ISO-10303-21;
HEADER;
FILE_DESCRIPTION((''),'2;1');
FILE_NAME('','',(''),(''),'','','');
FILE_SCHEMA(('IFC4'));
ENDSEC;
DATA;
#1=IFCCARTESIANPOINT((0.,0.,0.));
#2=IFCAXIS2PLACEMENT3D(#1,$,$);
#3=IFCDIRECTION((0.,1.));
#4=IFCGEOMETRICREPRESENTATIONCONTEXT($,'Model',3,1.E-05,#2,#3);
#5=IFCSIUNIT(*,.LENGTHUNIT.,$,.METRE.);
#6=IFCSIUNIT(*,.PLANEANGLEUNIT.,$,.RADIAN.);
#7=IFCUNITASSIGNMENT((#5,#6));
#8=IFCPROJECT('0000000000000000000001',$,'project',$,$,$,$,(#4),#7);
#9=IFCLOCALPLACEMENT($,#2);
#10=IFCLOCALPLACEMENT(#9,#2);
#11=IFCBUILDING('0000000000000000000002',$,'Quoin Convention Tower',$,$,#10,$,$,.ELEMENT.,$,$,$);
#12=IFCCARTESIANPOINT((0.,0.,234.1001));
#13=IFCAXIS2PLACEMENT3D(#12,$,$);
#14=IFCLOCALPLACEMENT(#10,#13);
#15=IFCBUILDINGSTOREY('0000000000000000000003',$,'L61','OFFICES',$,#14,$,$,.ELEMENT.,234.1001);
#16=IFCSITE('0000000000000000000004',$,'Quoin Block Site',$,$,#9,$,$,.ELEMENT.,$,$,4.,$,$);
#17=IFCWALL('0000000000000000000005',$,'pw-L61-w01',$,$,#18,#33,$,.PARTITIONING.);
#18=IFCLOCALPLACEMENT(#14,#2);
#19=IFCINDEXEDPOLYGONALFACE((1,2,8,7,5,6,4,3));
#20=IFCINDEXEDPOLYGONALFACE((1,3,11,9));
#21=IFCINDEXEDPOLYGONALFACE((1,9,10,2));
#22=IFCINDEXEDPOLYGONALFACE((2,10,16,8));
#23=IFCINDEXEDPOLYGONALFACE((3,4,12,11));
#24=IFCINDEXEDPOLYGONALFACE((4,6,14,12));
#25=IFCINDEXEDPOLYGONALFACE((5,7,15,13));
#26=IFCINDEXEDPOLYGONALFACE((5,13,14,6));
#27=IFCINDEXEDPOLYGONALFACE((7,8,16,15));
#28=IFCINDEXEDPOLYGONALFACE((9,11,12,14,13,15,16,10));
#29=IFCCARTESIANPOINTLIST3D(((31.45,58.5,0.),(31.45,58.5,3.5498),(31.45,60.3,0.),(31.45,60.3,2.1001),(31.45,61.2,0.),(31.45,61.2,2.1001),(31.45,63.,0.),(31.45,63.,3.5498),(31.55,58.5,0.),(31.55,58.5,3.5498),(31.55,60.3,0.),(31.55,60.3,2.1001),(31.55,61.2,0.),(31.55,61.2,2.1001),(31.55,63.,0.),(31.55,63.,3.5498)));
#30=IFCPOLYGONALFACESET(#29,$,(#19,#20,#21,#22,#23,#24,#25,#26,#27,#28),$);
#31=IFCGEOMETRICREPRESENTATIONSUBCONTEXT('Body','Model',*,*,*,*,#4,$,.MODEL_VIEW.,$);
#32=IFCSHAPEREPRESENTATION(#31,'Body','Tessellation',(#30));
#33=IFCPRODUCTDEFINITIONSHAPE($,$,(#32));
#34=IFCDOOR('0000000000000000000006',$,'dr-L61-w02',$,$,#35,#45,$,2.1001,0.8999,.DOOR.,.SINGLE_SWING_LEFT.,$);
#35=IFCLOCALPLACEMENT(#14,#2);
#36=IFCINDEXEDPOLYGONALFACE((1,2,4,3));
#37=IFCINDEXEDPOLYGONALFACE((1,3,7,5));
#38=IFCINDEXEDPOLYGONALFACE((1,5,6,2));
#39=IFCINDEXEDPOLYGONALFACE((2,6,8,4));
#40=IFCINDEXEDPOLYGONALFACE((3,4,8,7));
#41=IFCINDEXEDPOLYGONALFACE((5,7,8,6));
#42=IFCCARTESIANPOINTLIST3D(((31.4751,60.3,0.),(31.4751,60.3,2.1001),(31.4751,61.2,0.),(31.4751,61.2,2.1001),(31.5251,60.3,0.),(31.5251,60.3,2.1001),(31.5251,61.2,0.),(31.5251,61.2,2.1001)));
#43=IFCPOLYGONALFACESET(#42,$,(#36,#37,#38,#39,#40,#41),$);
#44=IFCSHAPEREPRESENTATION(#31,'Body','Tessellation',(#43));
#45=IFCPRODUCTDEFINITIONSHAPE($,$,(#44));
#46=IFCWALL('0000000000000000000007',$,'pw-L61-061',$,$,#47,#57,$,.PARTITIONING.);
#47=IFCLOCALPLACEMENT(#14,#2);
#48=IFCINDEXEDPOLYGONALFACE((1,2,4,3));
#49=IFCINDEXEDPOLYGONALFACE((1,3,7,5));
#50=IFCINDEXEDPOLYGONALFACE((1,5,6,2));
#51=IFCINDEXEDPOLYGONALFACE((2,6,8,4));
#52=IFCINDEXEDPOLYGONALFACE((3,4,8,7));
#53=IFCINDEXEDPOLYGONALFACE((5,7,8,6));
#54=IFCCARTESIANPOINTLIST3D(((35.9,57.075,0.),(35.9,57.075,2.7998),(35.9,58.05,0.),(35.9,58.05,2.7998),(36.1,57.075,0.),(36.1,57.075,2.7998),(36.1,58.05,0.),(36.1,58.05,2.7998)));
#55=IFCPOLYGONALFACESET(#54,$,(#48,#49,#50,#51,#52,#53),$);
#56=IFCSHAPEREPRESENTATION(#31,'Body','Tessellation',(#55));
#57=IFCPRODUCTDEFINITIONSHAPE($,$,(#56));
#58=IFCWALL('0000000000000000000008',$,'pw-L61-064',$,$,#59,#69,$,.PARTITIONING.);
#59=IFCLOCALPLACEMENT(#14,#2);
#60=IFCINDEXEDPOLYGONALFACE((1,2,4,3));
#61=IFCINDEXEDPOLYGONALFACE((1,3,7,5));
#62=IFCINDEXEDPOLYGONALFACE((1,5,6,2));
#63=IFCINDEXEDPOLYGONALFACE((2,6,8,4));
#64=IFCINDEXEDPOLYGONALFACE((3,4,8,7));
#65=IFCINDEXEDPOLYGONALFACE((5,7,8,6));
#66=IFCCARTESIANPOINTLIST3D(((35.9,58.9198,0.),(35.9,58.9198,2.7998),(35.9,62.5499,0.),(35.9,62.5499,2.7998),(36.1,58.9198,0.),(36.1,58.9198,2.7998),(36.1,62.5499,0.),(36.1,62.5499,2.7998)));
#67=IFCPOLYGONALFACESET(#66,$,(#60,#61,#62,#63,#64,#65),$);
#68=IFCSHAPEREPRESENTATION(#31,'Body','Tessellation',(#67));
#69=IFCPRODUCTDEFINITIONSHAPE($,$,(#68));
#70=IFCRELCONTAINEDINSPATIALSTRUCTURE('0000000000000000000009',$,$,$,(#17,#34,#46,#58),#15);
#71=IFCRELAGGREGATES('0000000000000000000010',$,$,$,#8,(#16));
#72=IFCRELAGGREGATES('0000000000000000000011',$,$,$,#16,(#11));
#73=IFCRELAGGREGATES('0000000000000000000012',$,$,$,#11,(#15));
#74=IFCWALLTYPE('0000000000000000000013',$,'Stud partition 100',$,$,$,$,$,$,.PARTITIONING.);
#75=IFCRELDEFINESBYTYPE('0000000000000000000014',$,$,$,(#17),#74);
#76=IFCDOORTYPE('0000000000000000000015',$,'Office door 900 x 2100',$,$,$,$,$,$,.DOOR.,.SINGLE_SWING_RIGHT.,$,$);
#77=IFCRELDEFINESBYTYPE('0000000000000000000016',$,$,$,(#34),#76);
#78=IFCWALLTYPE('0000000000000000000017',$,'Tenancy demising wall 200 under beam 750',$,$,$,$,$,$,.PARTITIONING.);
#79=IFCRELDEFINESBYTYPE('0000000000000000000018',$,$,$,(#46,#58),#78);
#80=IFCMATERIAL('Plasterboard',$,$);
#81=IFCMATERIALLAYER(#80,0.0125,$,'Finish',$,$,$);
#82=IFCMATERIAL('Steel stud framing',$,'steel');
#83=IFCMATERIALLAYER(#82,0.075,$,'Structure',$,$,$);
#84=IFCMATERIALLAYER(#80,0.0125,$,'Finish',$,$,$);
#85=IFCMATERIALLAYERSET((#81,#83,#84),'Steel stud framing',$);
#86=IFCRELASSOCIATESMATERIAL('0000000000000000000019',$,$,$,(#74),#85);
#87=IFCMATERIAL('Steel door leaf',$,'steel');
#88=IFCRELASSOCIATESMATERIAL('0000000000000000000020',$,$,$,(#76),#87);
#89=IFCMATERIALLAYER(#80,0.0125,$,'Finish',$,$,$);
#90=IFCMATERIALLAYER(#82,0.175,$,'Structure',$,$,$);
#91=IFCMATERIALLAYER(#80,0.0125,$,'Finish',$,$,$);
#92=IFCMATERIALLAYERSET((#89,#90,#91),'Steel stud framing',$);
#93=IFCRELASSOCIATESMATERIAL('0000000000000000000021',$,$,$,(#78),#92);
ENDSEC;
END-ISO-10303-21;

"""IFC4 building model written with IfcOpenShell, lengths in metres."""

from ifc_helpers import new_model, si_unit, direction, frame, frame_2d, origin, place, context, subcontext, project, spatial, rectangle, extrude, material, layer, layer_set, type_object, element, fill, save


model = new_model("IFC4")

# Units and contexts
model_context = context("Model", 3, precision=1e-05, world=origin(), true_north=direction((0.0, 1.0)))
body_context = subcontext(model_context, "Body", "Model", "MODEL_VIEW")
ifc_project = project(units=[si_unit("LENGTHUNIT", "METRE"), si_unit("PLANEANGLEUNIT", "RADIAN")], contexts=[model_context])

# Site, building, storey
site_placement = place(None, origin())
site = spatial("IfcSite", under=ifc_project, at=site_placement, Name="Quoin Block Site", CompositionType="ELEMENT", RefElevation=4.0)
building_placement = place(site_placement, origin())
building = spatial("IfcBuilding", under=site, at=building_placement, Name="Quoin Convention Tower", CompositionType="ELEMENT")
storey_placement = place(building_placement, frame((0.0, 0.0, 234.1001)))
storey = spatial("IfcBuildingStorey", under=building, at=storey_placement, Name="L61", Description="OFFICES", CompositionType="ELEMENT", Elevation=234.1001)

# Wall, opening, door
ifc_material_1 = material(Name="Plasterboard")
ifc_material_2 = material(Name="Steel stud framing", Category="steel")
ifc_material_3 = material(Name="Steel door leaf", Category="steel")
ifc_layer_1 = layer(ifc_material_1, 0.0125, Name="Finish")
ifc_layer_2 = layer(ifc_material_2, 0.075, Name="Structure")
ifc_layer_3 = layer(ifc_material_1, 0.0125, Name="Finish")
ifc_layer_set_1 = layer_set([ifc_layer_1, ifc_layer_2, ifc_layer_3], Name="Steel stud framing")
wall_type_1 = type_object("IfcWallType", Name="Stud partition 100", PredefinedType="PARTITIONING", material=ifc_layer_set_1)
door_type_1 = type_object("IfcDoorType", Name="Office door 900 x 2100", OperationType="SINGLE_SWING_RIGHT", PredefinedType="DOOR", material=ifc_material_3)
wall_1_placement = place(storey_placement, frame((31.5, 63.0, 0.0), z_axis=(0.0, 0.0, 1.0), x_axis=(0.0, -1.0, 0.0)))
wall_1 = element("IfcWall", 1, at=wall_1_placement, inside=storey, type_object=wall_type_1, Name="pw-L61-w01", PredefinedType="PARTITIONING", context=body_context, shape_type="SweptSolid", body=[
    extrude(rectangle(XDim=4.5, YDim=0.1001, at=frame_2d((2.25, 0.0))), origin(), (0.0, 0.0, 1.0), 3.5498),
])
opening_1_placement = place(wall_1_placement, frame((1.8, 0.0, 0.0)))
opening_1 = element("IfcOpeningElement", 2, at=opening_1_placement, cuts=wall_1, PredefinedType="OPENING", context=body_context, shape_type="SweptSolid", body=[
    extrude(rectangle(XDim=0.8999, YDim=2.1001, at=frame_2d((0.45, 1.05))), frame((0.0, 0.0601, 0.0), z_axis=(0.0, -1.0, 0.0), x_axis=(1.0, 0.0, 0.0)), (0.0, 0.0, 1.0), 0.1201),
])
door_1_placement = place(opening_1_placement, frame((0.8999, 0.0, 0.0), z_axis=(0.0, 0.0, 1.0), x_axis=(-1.0, 0.0, 0.0)))
door_1 = element("IfcDoor", 3, at=door_1_placement, inside=storey, type_object=door_type_1, Name="dr-L61-w02", OperationType="SINGLE_SWING_LEFT", OverallHeight=2.1001, OverallWidth=0.8999, PredefinedType="DOOR", context=body_context, shape_type="SweptSolid", body=[
    extrude(rectangle(XDim=0.8999, YDim=2.1001, at=frame_2d((0.45, 1.05))), frame((0.0, 0.0249, 0.0), z_axis=(0.0, -1.0, 0.0), x_axis=(1.0, 0.0, 0.0)), (0.0, 0.0, 1.0), 0.05),
])
fill(opening_1, door_1)

# Walls
ifc_layer_4 = layer(ifc_material_1, 0.0125, Name="Finish")
ifc_layer_5 = layer(ifc_material_2, 0.175, Name="Structure")
ifc_layer_6 = layer(ifc_material_1, 0.0125, Name="Finish")
ifc_layer_set_2 = layer_set([ifc_layer_4, ifc_layer_5, ifc_layer_6], Name="Steel stud framing")
wall_type_2 = type_object("IfcWallType", Name="Tenancy demising wall 200 under beam 750", PredefinedType="PARTITIONING", material=ifc_layer_set_2)
wall_2_placement = place(storey_placement, frame((36.0, 57.075, 0.0), z_axis=(0.0, 0.0, 1.0), x_axis=(0.0, 1.0, 0.0)))
element("IfcWall", 4, at=wall_2_placement, inside=storey, type_object=wall_type_2, Name="pw-L61-061", PredefinedType="PARTITIONING", context=body_context, shape_type="SweptSolid", body=[
    extrude(rectangle(XDim=0.9751, YDim=0.2, at=frame_2d((0.4875, 0.0))), origin(), (0.0, 0.0, 1.0), 2.7998),
])
wall_3_placement = place(storey_placement, frame((36.0, 58.9199, 0.0), z_axis=(0.0, 0.0, 1.0), x_axis=(0.0, 1.0, 0.0)))
element("IfcWall", 5, at=wall_3_placement, inside=storey, type_object=wall_type_2, Name="pw-L61-064", PredefinedType="PARTITIONING", context=body_context, shape_type="SweptSolid", body=[
    extrude(rectangle(XDim=3.6301, YDim=0.2, at=frame_2d((1.8149, 0.0))), origin(), (0.0, 0.0, 1.0), 2.7998),
])

save(model, "model.ifc")
